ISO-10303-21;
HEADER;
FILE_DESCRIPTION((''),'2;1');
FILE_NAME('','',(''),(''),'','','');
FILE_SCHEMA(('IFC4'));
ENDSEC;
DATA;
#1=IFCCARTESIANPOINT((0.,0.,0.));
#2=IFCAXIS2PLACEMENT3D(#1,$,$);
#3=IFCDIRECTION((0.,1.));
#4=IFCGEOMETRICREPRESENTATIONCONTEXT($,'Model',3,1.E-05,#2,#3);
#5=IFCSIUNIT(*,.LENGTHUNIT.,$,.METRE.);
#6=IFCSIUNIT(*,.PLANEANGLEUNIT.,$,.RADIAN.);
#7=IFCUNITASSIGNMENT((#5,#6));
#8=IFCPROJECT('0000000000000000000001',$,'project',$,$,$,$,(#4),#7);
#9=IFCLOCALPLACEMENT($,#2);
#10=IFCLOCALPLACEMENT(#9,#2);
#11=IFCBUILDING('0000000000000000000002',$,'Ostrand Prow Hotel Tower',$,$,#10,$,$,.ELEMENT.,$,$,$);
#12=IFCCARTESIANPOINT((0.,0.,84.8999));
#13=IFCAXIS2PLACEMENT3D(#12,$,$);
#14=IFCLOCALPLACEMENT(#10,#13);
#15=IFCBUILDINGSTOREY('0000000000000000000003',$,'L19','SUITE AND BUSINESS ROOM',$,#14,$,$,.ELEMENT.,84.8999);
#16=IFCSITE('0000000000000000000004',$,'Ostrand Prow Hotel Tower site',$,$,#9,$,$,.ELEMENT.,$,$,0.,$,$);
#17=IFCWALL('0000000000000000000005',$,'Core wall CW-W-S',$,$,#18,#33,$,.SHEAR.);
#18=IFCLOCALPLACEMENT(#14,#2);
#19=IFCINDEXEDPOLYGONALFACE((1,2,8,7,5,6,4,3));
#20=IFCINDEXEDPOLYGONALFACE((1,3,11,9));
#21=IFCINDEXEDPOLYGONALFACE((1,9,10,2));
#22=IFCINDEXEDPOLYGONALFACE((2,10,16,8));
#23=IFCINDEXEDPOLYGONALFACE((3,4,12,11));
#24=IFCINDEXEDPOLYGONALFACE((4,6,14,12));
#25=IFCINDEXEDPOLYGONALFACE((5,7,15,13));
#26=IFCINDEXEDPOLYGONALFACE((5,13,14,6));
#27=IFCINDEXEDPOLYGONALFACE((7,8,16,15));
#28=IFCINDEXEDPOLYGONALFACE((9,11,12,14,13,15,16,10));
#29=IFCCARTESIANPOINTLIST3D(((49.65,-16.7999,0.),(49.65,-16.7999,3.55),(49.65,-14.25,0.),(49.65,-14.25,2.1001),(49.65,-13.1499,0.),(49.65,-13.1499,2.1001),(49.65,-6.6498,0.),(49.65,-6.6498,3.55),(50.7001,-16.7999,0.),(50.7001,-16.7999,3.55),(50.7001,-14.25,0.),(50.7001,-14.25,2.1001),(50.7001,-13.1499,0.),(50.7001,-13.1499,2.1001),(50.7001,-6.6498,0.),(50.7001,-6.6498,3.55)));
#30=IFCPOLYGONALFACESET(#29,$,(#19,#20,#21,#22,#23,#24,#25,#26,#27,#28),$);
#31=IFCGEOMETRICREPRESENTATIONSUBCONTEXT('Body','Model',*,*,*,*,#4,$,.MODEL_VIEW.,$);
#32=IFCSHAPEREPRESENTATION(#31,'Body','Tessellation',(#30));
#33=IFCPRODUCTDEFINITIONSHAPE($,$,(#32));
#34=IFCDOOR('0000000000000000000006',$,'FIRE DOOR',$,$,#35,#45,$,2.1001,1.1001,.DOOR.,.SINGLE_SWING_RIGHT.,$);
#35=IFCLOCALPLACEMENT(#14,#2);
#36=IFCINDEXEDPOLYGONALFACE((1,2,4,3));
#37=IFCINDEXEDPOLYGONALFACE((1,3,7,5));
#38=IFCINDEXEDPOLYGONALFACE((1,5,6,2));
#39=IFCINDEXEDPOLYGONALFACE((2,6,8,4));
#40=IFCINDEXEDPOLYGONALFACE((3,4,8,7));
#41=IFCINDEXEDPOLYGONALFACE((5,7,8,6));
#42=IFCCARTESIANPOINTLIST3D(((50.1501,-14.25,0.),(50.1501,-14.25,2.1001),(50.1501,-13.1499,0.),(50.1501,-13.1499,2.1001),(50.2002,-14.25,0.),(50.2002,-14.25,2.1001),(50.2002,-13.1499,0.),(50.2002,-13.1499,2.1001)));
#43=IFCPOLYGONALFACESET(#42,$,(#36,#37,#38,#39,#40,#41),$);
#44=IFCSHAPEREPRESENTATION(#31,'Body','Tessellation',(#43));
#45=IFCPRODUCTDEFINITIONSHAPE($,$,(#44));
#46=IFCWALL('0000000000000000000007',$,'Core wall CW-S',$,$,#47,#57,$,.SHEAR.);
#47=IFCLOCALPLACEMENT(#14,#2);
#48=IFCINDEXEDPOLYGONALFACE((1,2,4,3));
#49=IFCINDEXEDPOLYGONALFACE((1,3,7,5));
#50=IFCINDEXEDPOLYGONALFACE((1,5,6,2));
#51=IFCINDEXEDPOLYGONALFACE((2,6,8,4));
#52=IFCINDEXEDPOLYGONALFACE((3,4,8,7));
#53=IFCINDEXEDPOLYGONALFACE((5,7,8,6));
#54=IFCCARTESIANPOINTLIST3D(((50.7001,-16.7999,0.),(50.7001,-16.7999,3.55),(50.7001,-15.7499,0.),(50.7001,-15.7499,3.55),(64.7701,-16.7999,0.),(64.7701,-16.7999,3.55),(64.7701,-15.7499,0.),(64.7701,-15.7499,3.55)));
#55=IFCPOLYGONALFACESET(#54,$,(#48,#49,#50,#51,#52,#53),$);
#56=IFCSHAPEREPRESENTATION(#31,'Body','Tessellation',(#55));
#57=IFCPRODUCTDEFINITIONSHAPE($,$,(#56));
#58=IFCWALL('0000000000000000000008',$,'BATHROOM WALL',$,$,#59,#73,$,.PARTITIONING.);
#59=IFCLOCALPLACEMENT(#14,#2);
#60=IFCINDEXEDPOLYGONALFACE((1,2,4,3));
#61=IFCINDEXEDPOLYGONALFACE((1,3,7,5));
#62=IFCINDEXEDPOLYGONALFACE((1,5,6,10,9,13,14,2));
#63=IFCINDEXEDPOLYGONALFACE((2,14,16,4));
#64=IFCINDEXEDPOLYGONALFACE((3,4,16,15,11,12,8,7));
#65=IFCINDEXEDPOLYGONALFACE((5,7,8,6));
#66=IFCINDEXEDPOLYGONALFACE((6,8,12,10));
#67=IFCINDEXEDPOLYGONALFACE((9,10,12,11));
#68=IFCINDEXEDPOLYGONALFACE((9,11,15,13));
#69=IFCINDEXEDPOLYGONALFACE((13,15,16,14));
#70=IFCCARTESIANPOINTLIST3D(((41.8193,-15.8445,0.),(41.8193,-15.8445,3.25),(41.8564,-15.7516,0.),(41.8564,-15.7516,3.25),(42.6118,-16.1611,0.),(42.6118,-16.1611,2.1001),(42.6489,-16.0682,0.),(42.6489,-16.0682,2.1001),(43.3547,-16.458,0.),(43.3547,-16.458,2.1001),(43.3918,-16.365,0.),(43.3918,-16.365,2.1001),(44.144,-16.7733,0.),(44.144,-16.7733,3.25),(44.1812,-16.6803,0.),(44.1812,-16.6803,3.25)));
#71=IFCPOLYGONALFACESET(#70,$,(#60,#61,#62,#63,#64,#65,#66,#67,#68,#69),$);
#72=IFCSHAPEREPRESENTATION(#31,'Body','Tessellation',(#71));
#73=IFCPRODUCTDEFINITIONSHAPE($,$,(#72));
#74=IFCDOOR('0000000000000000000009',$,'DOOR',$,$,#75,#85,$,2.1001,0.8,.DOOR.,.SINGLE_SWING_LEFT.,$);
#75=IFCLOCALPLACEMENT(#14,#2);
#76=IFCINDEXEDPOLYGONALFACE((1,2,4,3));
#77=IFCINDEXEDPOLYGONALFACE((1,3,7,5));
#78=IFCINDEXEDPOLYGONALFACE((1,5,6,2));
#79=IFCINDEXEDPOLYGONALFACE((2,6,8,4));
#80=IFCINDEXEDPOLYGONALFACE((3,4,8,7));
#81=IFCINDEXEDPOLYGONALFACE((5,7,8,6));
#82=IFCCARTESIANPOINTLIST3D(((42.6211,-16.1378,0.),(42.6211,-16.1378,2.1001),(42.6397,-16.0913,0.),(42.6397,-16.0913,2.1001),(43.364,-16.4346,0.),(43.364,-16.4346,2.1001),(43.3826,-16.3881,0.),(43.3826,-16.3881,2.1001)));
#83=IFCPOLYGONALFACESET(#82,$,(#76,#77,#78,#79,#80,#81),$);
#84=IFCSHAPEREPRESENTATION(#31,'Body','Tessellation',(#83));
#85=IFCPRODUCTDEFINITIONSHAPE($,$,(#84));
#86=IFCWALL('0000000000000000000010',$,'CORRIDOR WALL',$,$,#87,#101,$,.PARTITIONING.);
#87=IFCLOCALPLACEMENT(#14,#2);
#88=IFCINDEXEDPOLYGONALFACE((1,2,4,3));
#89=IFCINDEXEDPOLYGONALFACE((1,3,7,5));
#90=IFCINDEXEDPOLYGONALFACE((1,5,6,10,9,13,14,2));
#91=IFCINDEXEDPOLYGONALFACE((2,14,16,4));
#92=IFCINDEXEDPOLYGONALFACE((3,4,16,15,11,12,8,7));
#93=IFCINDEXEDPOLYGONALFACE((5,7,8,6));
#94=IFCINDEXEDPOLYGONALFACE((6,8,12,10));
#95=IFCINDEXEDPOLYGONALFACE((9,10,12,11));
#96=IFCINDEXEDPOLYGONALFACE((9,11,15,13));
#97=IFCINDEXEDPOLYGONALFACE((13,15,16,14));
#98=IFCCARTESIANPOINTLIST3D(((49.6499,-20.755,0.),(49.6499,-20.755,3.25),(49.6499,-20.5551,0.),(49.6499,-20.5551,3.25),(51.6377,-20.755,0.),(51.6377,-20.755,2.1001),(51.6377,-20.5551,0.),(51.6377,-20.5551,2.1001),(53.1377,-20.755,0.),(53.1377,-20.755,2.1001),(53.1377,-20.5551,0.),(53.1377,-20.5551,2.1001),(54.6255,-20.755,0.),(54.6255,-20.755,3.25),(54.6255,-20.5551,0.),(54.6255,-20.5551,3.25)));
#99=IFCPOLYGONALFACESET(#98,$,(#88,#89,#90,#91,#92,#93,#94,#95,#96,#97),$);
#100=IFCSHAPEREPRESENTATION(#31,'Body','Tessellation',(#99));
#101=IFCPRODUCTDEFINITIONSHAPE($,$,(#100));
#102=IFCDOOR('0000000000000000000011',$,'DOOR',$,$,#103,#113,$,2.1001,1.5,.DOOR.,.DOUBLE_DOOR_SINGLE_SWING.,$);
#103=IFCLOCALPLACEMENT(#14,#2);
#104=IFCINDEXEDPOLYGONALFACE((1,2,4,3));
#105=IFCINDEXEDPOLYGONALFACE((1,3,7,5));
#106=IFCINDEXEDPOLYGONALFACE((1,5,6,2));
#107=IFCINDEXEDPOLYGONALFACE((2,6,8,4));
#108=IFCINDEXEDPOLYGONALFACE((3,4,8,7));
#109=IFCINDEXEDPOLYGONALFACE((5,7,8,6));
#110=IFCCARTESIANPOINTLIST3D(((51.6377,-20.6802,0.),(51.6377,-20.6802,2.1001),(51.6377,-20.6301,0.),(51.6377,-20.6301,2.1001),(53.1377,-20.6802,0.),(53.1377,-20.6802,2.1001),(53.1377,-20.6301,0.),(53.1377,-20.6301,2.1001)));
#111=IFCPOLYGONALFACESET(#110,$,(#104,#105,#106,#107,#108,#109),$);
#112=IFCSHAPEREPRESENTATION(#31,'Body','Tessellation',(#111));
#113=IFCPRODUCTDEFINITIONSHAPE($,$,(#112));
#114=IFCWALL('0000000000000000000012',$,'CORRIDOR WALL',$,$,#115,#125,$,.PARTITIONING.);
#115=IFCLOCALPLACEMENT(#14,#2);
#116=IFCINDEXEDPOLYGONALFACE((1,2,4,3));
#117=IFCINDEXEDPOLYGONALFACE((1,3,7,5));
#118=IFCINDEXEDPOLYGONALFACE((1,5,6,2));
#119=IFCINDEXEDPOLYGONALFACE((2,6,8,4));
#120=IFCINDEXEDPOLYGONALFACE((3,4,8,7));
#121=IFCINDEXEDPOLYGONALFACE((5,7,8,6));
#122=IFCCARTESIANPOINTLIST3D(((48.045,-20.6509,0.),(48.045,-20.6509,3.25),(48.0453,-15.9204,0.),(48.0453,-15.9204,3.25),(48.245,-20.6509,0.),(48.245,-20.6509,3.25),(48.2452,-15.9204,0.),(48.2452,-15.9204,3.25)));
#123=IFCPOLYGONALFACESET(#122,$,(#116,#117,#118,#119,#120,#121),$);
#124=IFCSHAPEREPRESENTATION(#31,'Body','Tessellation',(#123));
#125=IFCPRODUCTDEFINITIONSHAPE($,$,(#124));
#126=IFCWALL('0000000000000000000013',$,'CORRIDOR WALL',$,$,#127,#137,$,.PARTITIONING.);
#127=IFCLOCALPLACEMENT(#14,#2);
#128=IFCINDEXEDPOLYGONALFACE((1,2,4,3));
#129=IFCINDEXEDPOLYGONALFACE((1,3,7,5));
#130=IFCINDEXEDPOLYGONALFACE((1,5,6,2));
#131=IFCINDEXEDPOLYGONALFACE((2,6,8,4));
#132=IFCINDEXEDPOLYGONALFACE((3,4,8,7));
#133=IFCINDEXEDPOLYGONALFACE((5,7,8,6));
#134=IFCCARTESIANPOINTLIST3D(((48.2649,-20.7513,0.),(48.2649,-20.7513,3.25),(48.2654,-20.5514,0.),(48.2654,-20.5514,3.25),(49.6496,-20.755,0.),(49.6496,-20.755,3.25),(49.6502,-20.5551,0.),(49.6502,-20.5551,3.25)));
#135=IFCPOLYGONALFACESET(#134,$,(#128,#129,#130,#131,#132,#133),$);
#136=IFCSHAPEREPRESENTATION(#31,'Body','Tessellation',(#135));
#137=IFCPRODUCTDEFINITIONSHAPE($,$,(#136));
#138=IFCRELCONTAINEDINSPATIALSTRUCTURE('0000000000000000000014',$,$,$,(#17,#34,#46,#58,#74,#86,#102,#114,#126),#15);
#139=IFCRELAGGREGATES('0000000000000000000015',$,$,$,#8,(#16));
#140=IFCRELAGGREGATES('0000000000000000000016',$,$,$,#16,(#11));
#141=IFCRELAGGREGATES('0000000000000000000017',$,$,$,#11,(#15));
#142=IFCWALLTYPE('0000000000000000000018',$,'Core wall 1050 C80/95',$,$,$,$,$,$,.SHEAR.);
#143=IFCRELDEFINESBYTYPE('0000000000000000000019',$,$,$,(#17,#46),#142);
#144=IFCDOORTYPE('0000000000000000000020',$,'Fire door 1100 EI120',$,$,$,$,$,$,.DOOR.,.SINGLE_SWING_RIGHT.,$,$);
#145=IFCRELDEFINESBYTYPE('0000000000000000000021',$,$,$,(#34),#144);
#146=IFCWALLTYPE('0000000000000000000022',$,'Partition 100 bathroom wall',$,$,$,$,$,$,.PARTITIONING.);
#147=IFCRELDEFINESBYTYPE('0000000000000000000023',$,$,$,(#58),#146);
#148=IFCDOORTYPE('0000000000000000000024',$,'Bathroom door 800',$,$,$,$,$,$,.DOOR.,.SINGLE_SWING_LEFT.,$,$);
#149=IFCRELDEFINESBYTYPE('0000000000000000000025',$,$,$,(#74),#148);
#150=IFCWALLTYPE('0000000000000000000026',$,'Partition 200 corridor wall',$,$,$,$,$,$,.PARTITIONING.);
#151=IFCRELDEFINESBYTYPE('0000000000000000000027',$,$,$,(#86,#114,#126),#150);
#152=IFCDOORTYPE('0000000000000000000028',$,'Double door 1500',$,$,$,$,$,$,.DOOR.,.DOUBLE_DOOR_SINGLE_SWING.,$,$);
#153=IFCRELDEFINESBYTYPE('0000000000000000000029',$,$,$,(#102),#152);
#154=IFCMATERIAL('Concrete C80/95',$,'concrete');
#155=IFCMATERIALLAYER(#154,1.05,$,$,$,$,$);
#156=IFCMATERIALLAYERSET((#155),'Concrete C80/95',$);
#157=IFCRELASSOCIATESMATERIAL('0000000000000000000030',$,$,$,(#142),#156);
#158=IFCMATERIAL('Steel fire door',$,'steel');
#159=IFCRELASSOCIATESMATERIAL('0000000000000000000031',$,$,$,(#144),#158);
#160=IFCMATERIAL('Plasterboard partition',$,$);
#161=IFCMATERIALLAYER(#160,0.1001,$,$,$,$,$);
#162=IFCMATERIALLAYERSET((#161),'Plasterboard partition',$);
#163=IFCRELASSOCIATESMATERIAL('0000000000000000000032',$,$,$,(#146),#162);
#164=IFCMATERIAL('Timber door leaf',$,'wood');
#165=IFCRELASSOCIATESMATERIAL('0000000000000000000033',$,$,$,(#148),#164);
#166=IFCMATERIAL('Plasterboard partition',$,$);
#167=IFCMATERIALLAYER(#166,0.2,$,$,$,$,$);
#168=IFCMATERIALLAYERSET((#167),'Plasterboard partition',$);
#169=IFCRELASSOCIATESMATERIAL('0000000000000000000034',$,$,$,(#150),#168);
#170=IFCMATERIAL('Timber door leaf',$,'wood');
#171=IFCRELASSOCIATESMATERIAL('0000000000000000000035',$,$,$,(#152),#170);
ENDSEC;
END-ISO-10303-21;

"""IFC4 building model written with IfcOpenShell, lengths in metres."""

from ifc_helpers import new_model, si_unit, direction, frame, frame_2d, origin, place, context, subcontext, project, spatial, rectangle, extrude, material, layer, layer_set, type_object, element, fill, save


model = new_model("IFC4")

# Units and contexts
model_context = context("Model", 3, precision=1e-05, world=origin(), true_north=direction((0.0, 1.0)))
body_context = subcontext(model_context, "Body", "Model", "MODEL_VIEW")
ifc_project = project(units=[si_unit("LENGTHUNIT", "METRE"), si_unit("PLANEANGLEUNIT", "RADIAN")], contexts=[model_context])

# Site, building, storey
site_placement = place(None, origin())
site = spatial("IfcSite", under=ifc_project, at=site_placement, Name="Ostrand Prow Hotel Tower site", CompositionType="ELEMENT", RefElevation=0.0)
building_placement = place(site_placement, origin())
building = spatial("IfcBuilding", under=site, at=building_placement, Name="Ostrand Prow Hotel Tower", CompositionType="ELEMENT")
storey_placement = place(building_placement, frame((0.0, 0.0, 84.8999)))
storey = spatial("IfcBuildingStorey", under=building, at=storey_placement, Name="L19", Description="SUITE AND BUSINESS ROOM", CompositionType="ELEMENT", Elevation=84.8999)

# Wall, opening, door
ifc_material_1 = material(Name="Concrete C80/95", Category="concrete")
ifc_layer_1 = layer(ifc_material_1, 1.05)
ifc_layer_set_1 = layer_set([ifc_layer_1], Name="Concrete C80/95")
wall_type_1 = type_object("IfcWallType", Name="Core wall 1050 C80/95", PredefinedType="SHEAR", material=ifc_layer_set_1)
wall_1_placement = place(storey_placement, frame((50.175, -16.8, 0.0), z_axis=(0.0, 0.0, 1.0), x_axis=(0.0, 1.0, 0.0)))
wall_1 = element("IfcWall", 1, at=wall_1_placement, inside=storey, type_object=wall_type_1, Name="Core wall CW-W-S", PredefinedType="SHEAR", context=body_context, shape_type="SweptSolid", body=[
    extrude(rectangle(XDim=10.1501, YDim=1.05, at=frame_2d((5.0752, 0.0))), origin(), (0.0, 0.0, 1.0), 3.55),
])
opening_1_placement = place(wall_1_placement, frame((2.55, 0.0, 0.0)))
opening_1 = element("IfcOpeningElement", 2, at=opening_1_placement, cuts=wall_1, PredefinedType="OPENING", context=body_context, shape_type="SweptSolid", body=[
    extrude(rectangle(XDim=1.1001, YDim=2.1001, at=frame_2d((0.55, 1.05))), frame((0.0, 0.5349, 0.0), z_axis=(0.0, -1.0, 0.0), x_axis=(1.0, 0.0, 0.0)), (0.0, 0.0, 1.0), 1.0701),
])
ifc_material_2 = material(Name="Steel fire door", Category="steel")
door_type_1 = type_object("IfcDoorType", Name="Fire door 1100 EI120", OperationType="SINGLE_SWING_RIGHT", PredefinedType="DOOR", material=ifc_material_2)
door_1_placement = place(opening_1_placement, origin())
door_1 = element("IfcDoor", 3, at=door_1_placement, inside=storey, type_object=door_type_1, Name="FIRE DOOR", OperationType="SINGLE_SWING_RIGHT", OverallHeight=2.1001, OverallWidth=1.1001, PredefinedType="DOOR", context=body_context, shape_type="SweptSolid", body=[
    extrude(rectangle(XDim=1.1001, YDim=2.1001, at=frame_2d((0.55, 1.05))), frame((0.0, 0.0249, 0.0), z_axis=(0.0, -1.0, 0.0), x_axis=(1.0, 0.0, 0.0)), (0.0, 0.0, 1.0), 0.05),
])
fill(opening_1, door_1)

# Wall
wall_2_placement = place(storey_placement, frame((50.7, -16.2749, 0.0), z_axis=(0.0, 0.0, 1.0), x_axis=(1.0, 0.0, 0.0)))
element("IfcWall", 4, at=wall_2_placement, inside=storey, type_object=wall_type_1, Name="Core wall CW-S", PredefinedType="SHEAR", context=body_context, shape_type="SweptSolid", body=[
    extrude(rectangle(XDim=14.0701, YDim=1.05, at=frame_2d((7.0352, 0.0))), origin(), (0.0, 0.0, 1.0), 3.55),
])

# Walls, openings, doors
ifc_material_3 = material(Name="Plasterboard partition")
ifc_layer_2 = layer(ifc_material_3, 0.1001)
ifc_layer_set_2 = layer_set([ifc_layer_2], Name="Plasterboard partition")
wall_type_2 = type_object("IfcWallType", Name="Partition 100 bathroom wall", PredefinedType="PARTITIONING", material=ifc_layer_set_2)
wall_3_placement = place(storey_placement, frame((44.1626, -16.7268, 0.0), z_axis=(0.0, 0.0, 1.0), x_axis=(-0.928638, 0.370987, 0.0)))
wall_3 = element("IfcWall", 5, at=wall_3_placement, inside=storey, type_object=wall_type_2, Name="BATHROOM WALL", PredefinedType="PARTITIONING", context=body_context, shape_type="SweptSolid", body=[
    extrude(rectangle(XDim=2.5034, YDim=0.1001, at=frame_2d((1.2517, 0.0))), origin(), (0.0, 0.0, 1.0), 3.25),
])
opening_2_placement = place(wall_3_placement, frame((0.8501, 0.0, 0.0)))
opening_2 = element("IfcOpeningElement", 6, at=opening_2_placement, cuts=wall_3, PredefinedType="OPENING", context=body_context, shape_type="SweptSolid", body=[
    extrude(rectangle(XDim=0.8, YDim=2.1001, at=frame_2d((0.3999, 1.05))), frame((0.0, 0.0601, 0.0), z_axis=(0.0, -1.0, 0.0), x_axis=(1.0, 0.0, 0.0)), (0.0, 0.0, 1.0), 0.1201),
])
ifc_material_4 = material(Name="Timber door leaf", Category="wood")
door_type_2 = type_object("IfcDoorType", Name="Bathroom door 800", OperationType="SINGLE_SWING_LEFT", PredefinedType="DOOR", material=ifc_material_4)
door_2_placement = place(opening_2_placement, origin())
door_2 = element("IfcDoor", 7, at=door_2_placement, inside=storey, type_object=door_type_2, Name="DOOR", OperationType="SINGLE_SWING_LEFT", OverallHeight=2.1001, OverallWidth=0.8, PredefinedType="DOOR", context=body_context, shape_type="SweptSolid", body=[
    extrude(rectangle(XDim=0.8, YDim=2.1001, at=frame_2d((0.3999, 1.05))), frame((0.0, 0.0249, 0.0), z_axis=(0.0, -1.0, 0.0), x_axis=(1.0, 0.0, 0.0)), (0.0, 0.0, 1.0), 0.05),
])
fill(opening_2, door_2)
ifc_material_5 = material(Name="Plasterboard partition")
ifc_layer_3 = layer(ifc_material_5, 0.2)
ifc_layer_set_3 = layer_set([ifc_layer_3], Name="Plasterboard partition")
wall_type_3 = type_object("IfcWallType", Name="Partition 200 corridor wall", PredefinedType="PARTITIONING", material=ifc_layer_set_3)
wall_4_placement = place(storey_placement, frame((49.6499, -20.655, 0.0), z_axis=(0.0, 0.0, 1.0), x_axis=(1.0, 0.0, 0.0)))
wall_4 = element("IfcWall", 8, at=wall_4_placement, inside=storey, type_object=wall_type_3, Name="CORRIDOR WALL", PredefinedType="PARTITIONING", context=body_context, shape_type="SweptSolid", body=[
    extrude(rectangle(XDim=4.9756, YDim=0.2, at=frame_2d((2.4878, 0.0))), origin(), (0.0, 0.0, 1.0), 3.25),
])
opening_3_placement = place(wall_4_placement, frame((1.9878, 0.0, 0.0)))
opening_3 = element("IfcOpeningElement", 9, at=opening_3_placement, cuts=wall_4, PredefinedType="OPENING", context=body_context, shape_type="SweptSolid", body=[
    extrude(rectangle(XDim=1.5, YDim=2.1001, at=frame_2d((0.75, 1.05))), frame((0.0, 0.1099, 0.0), z_axis=(0.0, -1.0, 0.0), x_axis=(1.0, 0.0, 0.0)), (0.0, 0.0, 1.0), 0.22),
])
ifc_material_6 = material(Name="Timber door leaf", Category="wood")
door_type_3 = type_object("IfcDoorType", Name="Double door 1500", OperationType="DOUBLE_DOOR_SINGLE_SWING", PredefinedType="DOOR", material=ifc_material_6)
door_3_placement = place(opening_3_placement, origin())
door_3 = element("IfcDoor", 10, at=door_3_placement, inside=storey, type_object=door_type_3, Name="DOOR", OperationType="DOUBLE_DOOR_SINGLE_SWING", OverallHeight=2.1001, OverallWidth=1.5, PredefinedType="DOOR", context=body_context, shape_type="SweptSolid", body=[
    extrude(rectangle(XDim=1.5, YDim=2.1001, at=frame_2d((0.75, 1.05))), frame((0.0, 0.0249, 0.0), z_axis=(0.0, -1.0, 0.0), x_axis=(1.0, 0.0, 0.0)), (0.0, 0.0, 1.0), 0.05),
])
fill(opening_3, door_3)

# Walls
wall_5_placement = place(storey_placement, frame((48.1453, -15.9204, 0.0), z_axis=(0.0, 0.0, 1.0), x_axis=(-0.000052, -1.0, 0.0)))
element("IfcWall", 11, at=wall_5_placement, inside=storey, type_object=wall_type_3, Name="CORRIDOR WALL", PredefinedType="PARTITIONING", context=body_context, shape_type="SweptSolid", body=[
    extrude(rectangle(XDim=4.7305, YDim=0.2, at=frame_2d((2.3652, 0.0))), origin(), (0.0, 0.0, 1.0), 3.25),
])
wall_6_placement = place(storey_placement, frame((48.2651, -20.6514, 0.0), z_axis=(0.0, 0.0, 1.0), x_axis=(0.999997, -0.002645, 0.0)))
element("IfcWall", 12, at=wall_6_placement, inside=storey, type_object=wall_type_3, Name="CORRIDOR WALL", PredefinedType="PARTITIONING", context=body_context, shape_type="SweptSolid", body=[
    extrude(rectangle(XDim=1.3848, YDim=0.2, at=frame_2d((0.6924, 0.0))), origin(), (0.0, 0.0, 1.0), 3.25),
])

save(model, "model.ifc")
